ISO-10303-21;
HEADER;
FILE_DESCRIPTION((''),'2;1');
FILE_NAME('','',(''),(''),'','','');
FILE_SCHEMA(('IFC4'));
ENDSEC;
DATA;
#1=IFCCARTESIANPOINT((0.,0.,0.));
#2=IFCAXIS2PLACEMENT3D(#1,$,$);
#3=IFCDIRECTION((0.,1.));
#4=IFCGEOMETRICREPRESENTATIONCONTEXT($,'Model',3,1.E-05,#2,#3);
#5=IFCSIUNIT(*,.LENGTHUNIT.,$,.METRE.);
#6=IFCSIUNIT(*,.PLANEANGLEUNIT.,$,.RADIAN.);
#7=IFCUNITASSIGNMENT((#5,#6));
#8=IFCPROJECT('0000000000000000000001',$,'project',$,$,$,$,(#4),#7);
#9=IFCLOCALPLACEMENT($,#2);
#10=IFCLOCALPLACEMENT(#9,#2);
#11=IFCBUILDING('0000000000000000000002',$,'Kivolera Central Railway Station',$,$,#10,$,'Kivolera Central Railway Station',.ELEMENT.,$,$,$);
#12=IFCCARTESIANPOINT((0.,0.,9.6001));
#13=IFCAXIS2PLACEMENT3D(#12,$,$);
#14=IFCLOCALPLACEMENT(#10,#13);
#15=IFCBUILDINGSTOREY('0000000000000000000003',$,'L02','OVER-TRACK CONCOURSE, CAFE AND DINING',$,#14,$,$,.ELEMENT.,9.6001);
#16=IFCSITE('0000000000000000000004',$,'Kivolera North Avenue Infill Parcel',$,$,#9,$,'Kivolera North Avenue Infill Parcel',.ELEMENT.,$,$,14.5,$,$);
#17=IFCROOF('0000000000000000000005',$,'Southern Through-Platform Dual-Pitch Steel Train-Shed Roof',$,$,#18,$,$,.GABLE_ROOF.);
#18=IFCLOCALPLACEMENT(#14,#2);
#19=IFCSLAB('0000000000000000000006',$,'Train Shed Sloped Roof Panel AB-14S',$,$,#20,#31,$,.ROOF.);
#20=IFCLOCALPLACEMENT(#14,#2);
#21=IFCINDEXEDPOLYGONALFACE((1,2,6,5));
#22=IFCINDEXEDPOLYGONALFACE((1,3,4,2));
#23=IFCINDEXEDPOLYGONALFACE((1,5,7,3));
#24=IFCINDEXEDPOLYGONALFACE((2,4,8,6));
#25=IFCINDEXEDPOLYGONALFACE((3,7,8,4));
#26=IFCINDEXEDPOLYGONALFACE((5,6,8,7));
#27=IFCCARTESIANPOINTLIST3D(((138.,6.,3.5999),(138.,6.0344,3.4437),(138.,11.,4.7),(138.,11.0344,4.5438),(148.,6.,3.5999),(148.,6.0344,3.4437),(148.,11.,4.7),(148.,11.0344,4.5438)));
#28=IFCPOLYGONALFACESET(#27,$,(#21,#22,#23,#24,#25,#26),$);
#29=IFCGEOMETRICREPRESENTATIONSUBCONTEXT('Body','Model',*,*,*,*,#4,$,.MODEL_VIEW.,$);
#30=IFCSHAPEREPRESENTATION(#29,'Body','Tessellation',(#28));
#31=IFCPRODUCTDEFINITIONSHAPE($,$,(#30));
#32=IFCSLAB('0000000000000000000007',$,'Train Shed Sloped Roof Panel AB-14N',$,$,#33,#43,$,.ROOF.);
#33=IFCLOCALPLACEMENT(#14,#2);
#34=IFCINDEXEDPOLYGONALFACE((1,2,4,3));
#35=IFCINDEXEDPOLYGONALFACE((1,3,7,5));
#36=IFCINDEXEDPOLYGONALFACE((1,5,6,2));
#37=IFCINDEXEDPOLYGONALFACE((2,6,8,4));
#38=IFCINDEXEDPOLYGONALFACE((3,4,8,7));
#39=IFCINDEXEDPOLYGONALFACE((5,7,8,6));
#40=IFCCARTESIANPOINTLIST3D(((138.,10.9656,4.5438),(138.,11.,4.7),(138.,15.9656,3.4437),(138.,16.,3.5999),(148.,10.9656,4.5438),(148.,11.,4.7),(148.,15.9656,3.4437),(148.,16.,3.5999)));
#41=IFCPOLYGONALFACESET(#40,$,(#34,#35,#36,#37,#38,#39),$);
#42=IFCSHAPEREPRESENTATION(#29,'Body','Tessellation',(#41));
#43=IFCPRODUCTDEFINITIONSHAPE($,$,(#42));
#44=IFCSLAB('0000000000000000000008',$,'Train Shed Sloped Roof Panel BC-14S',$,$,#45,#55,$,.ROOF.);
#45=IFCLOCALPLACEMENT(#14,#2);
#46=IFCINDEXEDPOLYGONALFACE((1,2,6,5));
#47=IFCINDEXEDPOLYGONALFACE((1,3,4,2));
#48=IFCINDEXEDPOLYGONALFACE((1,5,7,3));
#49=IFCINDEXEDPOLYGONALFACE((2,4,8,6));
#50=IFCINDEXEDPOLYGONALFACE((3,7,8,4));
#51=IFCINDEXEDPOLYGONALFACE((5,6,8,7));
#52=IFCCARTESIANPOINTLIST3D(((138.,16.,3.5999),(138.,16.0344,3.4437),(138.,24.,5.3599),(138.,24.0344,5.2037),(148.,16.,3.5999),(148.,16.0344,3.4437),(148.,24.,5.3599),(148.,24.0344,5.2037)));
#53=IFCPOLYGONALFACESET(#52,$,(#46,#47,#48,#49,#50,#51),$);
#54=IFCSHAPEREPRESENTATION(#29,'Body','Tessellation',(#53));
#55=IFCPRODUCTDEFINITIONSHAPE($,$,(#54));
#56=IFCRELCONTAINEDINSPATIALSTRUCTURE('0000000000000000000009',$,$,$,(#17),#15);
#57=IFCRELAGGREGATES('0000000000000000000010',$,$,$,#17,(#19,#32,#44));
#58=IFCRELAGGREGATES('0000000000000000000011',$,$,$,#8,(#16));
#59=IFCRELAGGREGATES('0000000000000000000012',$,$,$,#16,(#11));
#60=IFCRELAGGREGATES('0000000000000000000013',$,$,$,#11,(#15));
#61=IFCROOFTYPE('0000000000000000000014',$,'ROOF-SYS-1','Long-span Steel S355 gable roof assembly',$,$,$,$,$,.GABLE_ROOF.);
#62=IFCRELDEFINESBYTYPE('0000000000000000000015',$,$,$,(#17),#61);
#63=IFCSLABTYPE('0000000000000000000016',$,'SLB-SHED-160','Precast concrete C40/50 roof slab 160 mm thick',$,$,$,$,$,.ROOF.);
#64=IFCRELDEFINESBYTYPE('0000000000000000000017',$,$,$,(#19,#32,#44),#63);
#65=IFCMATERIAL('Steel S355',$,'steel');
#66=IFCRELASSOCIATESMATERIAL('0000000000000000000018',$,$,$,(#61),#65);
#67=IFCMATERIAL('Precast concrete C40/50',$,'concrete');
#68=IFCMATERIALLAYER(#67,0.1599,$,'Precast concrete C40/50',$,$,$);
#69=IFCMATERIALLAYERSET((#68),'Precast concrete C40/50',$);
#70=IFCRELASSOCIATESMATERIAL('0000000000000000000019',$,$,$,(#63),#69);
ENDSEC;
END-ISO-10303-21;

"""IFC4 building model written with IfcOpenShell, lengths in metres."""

from ifc_helpers import new_model, si_unit, direction, frame, origin, place, context, subcontext, project, spatial, polyline, outline, extrude, material, layer, layer_set, type_object, element, aggregate, save


model = new_model("IFC4")

# Units and contexts
model_context = context("Model", 3, precision=1e-05, world=origin(), true_north=direction((0.0, 1.0)))
body_context = subcontext(model_context, "Body", "Model", "MODEL_VIEW")
ifc_project = project(units=[si_unit("LENGTHUNIT", "METRE"), si_unit("PLANEANGLEUNIT", "RADIAN")], contexts=[model_context])

# Site, building, storey
site_placement = place(None, origin())
site = spatial("IfcSite", under=ifc_project, at=site_placement, Name="Kivolera North Avenue Infill Parcel", LongName="Kivolera North Avenue Infill Parcel", CompositionType="ELEMENT", RefElevation=14.5)
building_placement = place(site_placement, origin())
building = spatial("IfcBuilding", under=site, at=building_placement, Name="Kivolera Central Railway Station", LongName="Kivolera Central Railway Station", CompositionType="ELEMENT")
storey_placement = place(building_placement, frame((0.0, 0.0, 9.6001)))
storey = spatial("IfcBuildingStorey", under=building, at=storey_placement, Name="L02", Description="OVER-TRACK CONCOURSE, CAFE AND DINING", CompositionType="ELEMENT", Elevation=9.6001)

# Shared definitions
ifc_material_1 = material(Name="Steel S355", Category="steel")

# Roof, slabs
roof_type = type_object("IfcRoofType", Name="ROOF-SYS-1", Description="Long-span Steel S355 gable roof assembly", PredefinedType="GABLE_ROOF", material=ifc_material_1)
roof_placement = place(storey_placement, origin())
roof = element("IfcRoof", 1, at=roof_placement, inside=storey, type_object=roof_type, Name="Southern Through-Platform Dual-Pitch Steel Train-Shed Roof", PredefinedType="GABLE_ROOF")
ifc_material_2 = material(Name="Precast concrete C40/50", Category="concrete")
ifc_layer_1 = layer(ifc_material_2, 0.1599, Name="Precast concrete C40/50")
ifc_layer_set_1 = layer_set([ifc_layer_1], Name="Precast concrete C40/50")
slab_type = type_object("IfcSlabType", Name="SLB-SHED-160", Description="Precast concrete C40/50 roof slab 160 mm thick", PredefinedType="ROOF", material=ifc_layer_set_1)
slab_1_placement = place(storey_placement, frame((138.0, 6.0, 3.5999), z_axis=(0.0, -0.21488, 0.97664), x_axis=(1.0, 0.0, 0.0)))
slab_1 = element("IfcSlab", 2, at=slab_1_placement, type_object=slab_type, Name="Train Shed Sloped Roof Panel AB-14S", PredefinedType="ROOF", context=body_context, shape_type="SweptSolid", body=[
    extrude(outline(polyline([(0.0, 0.0), (10.0, 0.0), (10.0, 5.1196), (0.0, 5.1196), (0.0, 0.0)])), origin(), (0.0, 0.0, -1.0), 0.1599),
])
slab_2_placement = place(storey_placement, frame((138.0, 11.0, 4.7), z_axis=(0.0, 0.21488, 0.97664), x_axis=(1.0, 0.0, 0.0)))
slab_2 = element("IfcSlab", 3, at=slab_2_placement, type_object=slab_type, Name="Train Shed Sloped Roof Panel AB-14N", PredefinedType="ROOF", context=body_context, shape_type="SweptSolid", body=[
    extrude(outline(polyline([(0.0, 0.0), (10.0, 0.0), (10.0, 5.1196), (0.0, 5.1196), (0.0, 0.0)])), origin(), (0.0, 0.0, -1.0), 0.1599),
])
slab_3_placement = place(storey_placement, frame((138.0, 16.0, 3.5999), z_axis=(0.0, -0.214863, 0.976644), x_axis=(1.0, 0.0, 0.0)))
slab_3 = element("IfcSlab", 4, at=slab_3_placement, type_object=slab_type, Name="Train Shed Sloped Roof Panel BC-14S", PredefinedType="ROOF", context=body_context, shape_type="SweptSolid", body=[
    extrude(outline(polyline([(0.0, 0.0), (10.0, 0.0), (10.0, 8.1913), (0.0, 8.1913), (0.0, 0.0)])), origin(), (0.0, 0.0, -1.0), 0.1599),
])
aggregate(roof, [slab_1, slab_2, slab_3])

save(model, "model.ifc")
